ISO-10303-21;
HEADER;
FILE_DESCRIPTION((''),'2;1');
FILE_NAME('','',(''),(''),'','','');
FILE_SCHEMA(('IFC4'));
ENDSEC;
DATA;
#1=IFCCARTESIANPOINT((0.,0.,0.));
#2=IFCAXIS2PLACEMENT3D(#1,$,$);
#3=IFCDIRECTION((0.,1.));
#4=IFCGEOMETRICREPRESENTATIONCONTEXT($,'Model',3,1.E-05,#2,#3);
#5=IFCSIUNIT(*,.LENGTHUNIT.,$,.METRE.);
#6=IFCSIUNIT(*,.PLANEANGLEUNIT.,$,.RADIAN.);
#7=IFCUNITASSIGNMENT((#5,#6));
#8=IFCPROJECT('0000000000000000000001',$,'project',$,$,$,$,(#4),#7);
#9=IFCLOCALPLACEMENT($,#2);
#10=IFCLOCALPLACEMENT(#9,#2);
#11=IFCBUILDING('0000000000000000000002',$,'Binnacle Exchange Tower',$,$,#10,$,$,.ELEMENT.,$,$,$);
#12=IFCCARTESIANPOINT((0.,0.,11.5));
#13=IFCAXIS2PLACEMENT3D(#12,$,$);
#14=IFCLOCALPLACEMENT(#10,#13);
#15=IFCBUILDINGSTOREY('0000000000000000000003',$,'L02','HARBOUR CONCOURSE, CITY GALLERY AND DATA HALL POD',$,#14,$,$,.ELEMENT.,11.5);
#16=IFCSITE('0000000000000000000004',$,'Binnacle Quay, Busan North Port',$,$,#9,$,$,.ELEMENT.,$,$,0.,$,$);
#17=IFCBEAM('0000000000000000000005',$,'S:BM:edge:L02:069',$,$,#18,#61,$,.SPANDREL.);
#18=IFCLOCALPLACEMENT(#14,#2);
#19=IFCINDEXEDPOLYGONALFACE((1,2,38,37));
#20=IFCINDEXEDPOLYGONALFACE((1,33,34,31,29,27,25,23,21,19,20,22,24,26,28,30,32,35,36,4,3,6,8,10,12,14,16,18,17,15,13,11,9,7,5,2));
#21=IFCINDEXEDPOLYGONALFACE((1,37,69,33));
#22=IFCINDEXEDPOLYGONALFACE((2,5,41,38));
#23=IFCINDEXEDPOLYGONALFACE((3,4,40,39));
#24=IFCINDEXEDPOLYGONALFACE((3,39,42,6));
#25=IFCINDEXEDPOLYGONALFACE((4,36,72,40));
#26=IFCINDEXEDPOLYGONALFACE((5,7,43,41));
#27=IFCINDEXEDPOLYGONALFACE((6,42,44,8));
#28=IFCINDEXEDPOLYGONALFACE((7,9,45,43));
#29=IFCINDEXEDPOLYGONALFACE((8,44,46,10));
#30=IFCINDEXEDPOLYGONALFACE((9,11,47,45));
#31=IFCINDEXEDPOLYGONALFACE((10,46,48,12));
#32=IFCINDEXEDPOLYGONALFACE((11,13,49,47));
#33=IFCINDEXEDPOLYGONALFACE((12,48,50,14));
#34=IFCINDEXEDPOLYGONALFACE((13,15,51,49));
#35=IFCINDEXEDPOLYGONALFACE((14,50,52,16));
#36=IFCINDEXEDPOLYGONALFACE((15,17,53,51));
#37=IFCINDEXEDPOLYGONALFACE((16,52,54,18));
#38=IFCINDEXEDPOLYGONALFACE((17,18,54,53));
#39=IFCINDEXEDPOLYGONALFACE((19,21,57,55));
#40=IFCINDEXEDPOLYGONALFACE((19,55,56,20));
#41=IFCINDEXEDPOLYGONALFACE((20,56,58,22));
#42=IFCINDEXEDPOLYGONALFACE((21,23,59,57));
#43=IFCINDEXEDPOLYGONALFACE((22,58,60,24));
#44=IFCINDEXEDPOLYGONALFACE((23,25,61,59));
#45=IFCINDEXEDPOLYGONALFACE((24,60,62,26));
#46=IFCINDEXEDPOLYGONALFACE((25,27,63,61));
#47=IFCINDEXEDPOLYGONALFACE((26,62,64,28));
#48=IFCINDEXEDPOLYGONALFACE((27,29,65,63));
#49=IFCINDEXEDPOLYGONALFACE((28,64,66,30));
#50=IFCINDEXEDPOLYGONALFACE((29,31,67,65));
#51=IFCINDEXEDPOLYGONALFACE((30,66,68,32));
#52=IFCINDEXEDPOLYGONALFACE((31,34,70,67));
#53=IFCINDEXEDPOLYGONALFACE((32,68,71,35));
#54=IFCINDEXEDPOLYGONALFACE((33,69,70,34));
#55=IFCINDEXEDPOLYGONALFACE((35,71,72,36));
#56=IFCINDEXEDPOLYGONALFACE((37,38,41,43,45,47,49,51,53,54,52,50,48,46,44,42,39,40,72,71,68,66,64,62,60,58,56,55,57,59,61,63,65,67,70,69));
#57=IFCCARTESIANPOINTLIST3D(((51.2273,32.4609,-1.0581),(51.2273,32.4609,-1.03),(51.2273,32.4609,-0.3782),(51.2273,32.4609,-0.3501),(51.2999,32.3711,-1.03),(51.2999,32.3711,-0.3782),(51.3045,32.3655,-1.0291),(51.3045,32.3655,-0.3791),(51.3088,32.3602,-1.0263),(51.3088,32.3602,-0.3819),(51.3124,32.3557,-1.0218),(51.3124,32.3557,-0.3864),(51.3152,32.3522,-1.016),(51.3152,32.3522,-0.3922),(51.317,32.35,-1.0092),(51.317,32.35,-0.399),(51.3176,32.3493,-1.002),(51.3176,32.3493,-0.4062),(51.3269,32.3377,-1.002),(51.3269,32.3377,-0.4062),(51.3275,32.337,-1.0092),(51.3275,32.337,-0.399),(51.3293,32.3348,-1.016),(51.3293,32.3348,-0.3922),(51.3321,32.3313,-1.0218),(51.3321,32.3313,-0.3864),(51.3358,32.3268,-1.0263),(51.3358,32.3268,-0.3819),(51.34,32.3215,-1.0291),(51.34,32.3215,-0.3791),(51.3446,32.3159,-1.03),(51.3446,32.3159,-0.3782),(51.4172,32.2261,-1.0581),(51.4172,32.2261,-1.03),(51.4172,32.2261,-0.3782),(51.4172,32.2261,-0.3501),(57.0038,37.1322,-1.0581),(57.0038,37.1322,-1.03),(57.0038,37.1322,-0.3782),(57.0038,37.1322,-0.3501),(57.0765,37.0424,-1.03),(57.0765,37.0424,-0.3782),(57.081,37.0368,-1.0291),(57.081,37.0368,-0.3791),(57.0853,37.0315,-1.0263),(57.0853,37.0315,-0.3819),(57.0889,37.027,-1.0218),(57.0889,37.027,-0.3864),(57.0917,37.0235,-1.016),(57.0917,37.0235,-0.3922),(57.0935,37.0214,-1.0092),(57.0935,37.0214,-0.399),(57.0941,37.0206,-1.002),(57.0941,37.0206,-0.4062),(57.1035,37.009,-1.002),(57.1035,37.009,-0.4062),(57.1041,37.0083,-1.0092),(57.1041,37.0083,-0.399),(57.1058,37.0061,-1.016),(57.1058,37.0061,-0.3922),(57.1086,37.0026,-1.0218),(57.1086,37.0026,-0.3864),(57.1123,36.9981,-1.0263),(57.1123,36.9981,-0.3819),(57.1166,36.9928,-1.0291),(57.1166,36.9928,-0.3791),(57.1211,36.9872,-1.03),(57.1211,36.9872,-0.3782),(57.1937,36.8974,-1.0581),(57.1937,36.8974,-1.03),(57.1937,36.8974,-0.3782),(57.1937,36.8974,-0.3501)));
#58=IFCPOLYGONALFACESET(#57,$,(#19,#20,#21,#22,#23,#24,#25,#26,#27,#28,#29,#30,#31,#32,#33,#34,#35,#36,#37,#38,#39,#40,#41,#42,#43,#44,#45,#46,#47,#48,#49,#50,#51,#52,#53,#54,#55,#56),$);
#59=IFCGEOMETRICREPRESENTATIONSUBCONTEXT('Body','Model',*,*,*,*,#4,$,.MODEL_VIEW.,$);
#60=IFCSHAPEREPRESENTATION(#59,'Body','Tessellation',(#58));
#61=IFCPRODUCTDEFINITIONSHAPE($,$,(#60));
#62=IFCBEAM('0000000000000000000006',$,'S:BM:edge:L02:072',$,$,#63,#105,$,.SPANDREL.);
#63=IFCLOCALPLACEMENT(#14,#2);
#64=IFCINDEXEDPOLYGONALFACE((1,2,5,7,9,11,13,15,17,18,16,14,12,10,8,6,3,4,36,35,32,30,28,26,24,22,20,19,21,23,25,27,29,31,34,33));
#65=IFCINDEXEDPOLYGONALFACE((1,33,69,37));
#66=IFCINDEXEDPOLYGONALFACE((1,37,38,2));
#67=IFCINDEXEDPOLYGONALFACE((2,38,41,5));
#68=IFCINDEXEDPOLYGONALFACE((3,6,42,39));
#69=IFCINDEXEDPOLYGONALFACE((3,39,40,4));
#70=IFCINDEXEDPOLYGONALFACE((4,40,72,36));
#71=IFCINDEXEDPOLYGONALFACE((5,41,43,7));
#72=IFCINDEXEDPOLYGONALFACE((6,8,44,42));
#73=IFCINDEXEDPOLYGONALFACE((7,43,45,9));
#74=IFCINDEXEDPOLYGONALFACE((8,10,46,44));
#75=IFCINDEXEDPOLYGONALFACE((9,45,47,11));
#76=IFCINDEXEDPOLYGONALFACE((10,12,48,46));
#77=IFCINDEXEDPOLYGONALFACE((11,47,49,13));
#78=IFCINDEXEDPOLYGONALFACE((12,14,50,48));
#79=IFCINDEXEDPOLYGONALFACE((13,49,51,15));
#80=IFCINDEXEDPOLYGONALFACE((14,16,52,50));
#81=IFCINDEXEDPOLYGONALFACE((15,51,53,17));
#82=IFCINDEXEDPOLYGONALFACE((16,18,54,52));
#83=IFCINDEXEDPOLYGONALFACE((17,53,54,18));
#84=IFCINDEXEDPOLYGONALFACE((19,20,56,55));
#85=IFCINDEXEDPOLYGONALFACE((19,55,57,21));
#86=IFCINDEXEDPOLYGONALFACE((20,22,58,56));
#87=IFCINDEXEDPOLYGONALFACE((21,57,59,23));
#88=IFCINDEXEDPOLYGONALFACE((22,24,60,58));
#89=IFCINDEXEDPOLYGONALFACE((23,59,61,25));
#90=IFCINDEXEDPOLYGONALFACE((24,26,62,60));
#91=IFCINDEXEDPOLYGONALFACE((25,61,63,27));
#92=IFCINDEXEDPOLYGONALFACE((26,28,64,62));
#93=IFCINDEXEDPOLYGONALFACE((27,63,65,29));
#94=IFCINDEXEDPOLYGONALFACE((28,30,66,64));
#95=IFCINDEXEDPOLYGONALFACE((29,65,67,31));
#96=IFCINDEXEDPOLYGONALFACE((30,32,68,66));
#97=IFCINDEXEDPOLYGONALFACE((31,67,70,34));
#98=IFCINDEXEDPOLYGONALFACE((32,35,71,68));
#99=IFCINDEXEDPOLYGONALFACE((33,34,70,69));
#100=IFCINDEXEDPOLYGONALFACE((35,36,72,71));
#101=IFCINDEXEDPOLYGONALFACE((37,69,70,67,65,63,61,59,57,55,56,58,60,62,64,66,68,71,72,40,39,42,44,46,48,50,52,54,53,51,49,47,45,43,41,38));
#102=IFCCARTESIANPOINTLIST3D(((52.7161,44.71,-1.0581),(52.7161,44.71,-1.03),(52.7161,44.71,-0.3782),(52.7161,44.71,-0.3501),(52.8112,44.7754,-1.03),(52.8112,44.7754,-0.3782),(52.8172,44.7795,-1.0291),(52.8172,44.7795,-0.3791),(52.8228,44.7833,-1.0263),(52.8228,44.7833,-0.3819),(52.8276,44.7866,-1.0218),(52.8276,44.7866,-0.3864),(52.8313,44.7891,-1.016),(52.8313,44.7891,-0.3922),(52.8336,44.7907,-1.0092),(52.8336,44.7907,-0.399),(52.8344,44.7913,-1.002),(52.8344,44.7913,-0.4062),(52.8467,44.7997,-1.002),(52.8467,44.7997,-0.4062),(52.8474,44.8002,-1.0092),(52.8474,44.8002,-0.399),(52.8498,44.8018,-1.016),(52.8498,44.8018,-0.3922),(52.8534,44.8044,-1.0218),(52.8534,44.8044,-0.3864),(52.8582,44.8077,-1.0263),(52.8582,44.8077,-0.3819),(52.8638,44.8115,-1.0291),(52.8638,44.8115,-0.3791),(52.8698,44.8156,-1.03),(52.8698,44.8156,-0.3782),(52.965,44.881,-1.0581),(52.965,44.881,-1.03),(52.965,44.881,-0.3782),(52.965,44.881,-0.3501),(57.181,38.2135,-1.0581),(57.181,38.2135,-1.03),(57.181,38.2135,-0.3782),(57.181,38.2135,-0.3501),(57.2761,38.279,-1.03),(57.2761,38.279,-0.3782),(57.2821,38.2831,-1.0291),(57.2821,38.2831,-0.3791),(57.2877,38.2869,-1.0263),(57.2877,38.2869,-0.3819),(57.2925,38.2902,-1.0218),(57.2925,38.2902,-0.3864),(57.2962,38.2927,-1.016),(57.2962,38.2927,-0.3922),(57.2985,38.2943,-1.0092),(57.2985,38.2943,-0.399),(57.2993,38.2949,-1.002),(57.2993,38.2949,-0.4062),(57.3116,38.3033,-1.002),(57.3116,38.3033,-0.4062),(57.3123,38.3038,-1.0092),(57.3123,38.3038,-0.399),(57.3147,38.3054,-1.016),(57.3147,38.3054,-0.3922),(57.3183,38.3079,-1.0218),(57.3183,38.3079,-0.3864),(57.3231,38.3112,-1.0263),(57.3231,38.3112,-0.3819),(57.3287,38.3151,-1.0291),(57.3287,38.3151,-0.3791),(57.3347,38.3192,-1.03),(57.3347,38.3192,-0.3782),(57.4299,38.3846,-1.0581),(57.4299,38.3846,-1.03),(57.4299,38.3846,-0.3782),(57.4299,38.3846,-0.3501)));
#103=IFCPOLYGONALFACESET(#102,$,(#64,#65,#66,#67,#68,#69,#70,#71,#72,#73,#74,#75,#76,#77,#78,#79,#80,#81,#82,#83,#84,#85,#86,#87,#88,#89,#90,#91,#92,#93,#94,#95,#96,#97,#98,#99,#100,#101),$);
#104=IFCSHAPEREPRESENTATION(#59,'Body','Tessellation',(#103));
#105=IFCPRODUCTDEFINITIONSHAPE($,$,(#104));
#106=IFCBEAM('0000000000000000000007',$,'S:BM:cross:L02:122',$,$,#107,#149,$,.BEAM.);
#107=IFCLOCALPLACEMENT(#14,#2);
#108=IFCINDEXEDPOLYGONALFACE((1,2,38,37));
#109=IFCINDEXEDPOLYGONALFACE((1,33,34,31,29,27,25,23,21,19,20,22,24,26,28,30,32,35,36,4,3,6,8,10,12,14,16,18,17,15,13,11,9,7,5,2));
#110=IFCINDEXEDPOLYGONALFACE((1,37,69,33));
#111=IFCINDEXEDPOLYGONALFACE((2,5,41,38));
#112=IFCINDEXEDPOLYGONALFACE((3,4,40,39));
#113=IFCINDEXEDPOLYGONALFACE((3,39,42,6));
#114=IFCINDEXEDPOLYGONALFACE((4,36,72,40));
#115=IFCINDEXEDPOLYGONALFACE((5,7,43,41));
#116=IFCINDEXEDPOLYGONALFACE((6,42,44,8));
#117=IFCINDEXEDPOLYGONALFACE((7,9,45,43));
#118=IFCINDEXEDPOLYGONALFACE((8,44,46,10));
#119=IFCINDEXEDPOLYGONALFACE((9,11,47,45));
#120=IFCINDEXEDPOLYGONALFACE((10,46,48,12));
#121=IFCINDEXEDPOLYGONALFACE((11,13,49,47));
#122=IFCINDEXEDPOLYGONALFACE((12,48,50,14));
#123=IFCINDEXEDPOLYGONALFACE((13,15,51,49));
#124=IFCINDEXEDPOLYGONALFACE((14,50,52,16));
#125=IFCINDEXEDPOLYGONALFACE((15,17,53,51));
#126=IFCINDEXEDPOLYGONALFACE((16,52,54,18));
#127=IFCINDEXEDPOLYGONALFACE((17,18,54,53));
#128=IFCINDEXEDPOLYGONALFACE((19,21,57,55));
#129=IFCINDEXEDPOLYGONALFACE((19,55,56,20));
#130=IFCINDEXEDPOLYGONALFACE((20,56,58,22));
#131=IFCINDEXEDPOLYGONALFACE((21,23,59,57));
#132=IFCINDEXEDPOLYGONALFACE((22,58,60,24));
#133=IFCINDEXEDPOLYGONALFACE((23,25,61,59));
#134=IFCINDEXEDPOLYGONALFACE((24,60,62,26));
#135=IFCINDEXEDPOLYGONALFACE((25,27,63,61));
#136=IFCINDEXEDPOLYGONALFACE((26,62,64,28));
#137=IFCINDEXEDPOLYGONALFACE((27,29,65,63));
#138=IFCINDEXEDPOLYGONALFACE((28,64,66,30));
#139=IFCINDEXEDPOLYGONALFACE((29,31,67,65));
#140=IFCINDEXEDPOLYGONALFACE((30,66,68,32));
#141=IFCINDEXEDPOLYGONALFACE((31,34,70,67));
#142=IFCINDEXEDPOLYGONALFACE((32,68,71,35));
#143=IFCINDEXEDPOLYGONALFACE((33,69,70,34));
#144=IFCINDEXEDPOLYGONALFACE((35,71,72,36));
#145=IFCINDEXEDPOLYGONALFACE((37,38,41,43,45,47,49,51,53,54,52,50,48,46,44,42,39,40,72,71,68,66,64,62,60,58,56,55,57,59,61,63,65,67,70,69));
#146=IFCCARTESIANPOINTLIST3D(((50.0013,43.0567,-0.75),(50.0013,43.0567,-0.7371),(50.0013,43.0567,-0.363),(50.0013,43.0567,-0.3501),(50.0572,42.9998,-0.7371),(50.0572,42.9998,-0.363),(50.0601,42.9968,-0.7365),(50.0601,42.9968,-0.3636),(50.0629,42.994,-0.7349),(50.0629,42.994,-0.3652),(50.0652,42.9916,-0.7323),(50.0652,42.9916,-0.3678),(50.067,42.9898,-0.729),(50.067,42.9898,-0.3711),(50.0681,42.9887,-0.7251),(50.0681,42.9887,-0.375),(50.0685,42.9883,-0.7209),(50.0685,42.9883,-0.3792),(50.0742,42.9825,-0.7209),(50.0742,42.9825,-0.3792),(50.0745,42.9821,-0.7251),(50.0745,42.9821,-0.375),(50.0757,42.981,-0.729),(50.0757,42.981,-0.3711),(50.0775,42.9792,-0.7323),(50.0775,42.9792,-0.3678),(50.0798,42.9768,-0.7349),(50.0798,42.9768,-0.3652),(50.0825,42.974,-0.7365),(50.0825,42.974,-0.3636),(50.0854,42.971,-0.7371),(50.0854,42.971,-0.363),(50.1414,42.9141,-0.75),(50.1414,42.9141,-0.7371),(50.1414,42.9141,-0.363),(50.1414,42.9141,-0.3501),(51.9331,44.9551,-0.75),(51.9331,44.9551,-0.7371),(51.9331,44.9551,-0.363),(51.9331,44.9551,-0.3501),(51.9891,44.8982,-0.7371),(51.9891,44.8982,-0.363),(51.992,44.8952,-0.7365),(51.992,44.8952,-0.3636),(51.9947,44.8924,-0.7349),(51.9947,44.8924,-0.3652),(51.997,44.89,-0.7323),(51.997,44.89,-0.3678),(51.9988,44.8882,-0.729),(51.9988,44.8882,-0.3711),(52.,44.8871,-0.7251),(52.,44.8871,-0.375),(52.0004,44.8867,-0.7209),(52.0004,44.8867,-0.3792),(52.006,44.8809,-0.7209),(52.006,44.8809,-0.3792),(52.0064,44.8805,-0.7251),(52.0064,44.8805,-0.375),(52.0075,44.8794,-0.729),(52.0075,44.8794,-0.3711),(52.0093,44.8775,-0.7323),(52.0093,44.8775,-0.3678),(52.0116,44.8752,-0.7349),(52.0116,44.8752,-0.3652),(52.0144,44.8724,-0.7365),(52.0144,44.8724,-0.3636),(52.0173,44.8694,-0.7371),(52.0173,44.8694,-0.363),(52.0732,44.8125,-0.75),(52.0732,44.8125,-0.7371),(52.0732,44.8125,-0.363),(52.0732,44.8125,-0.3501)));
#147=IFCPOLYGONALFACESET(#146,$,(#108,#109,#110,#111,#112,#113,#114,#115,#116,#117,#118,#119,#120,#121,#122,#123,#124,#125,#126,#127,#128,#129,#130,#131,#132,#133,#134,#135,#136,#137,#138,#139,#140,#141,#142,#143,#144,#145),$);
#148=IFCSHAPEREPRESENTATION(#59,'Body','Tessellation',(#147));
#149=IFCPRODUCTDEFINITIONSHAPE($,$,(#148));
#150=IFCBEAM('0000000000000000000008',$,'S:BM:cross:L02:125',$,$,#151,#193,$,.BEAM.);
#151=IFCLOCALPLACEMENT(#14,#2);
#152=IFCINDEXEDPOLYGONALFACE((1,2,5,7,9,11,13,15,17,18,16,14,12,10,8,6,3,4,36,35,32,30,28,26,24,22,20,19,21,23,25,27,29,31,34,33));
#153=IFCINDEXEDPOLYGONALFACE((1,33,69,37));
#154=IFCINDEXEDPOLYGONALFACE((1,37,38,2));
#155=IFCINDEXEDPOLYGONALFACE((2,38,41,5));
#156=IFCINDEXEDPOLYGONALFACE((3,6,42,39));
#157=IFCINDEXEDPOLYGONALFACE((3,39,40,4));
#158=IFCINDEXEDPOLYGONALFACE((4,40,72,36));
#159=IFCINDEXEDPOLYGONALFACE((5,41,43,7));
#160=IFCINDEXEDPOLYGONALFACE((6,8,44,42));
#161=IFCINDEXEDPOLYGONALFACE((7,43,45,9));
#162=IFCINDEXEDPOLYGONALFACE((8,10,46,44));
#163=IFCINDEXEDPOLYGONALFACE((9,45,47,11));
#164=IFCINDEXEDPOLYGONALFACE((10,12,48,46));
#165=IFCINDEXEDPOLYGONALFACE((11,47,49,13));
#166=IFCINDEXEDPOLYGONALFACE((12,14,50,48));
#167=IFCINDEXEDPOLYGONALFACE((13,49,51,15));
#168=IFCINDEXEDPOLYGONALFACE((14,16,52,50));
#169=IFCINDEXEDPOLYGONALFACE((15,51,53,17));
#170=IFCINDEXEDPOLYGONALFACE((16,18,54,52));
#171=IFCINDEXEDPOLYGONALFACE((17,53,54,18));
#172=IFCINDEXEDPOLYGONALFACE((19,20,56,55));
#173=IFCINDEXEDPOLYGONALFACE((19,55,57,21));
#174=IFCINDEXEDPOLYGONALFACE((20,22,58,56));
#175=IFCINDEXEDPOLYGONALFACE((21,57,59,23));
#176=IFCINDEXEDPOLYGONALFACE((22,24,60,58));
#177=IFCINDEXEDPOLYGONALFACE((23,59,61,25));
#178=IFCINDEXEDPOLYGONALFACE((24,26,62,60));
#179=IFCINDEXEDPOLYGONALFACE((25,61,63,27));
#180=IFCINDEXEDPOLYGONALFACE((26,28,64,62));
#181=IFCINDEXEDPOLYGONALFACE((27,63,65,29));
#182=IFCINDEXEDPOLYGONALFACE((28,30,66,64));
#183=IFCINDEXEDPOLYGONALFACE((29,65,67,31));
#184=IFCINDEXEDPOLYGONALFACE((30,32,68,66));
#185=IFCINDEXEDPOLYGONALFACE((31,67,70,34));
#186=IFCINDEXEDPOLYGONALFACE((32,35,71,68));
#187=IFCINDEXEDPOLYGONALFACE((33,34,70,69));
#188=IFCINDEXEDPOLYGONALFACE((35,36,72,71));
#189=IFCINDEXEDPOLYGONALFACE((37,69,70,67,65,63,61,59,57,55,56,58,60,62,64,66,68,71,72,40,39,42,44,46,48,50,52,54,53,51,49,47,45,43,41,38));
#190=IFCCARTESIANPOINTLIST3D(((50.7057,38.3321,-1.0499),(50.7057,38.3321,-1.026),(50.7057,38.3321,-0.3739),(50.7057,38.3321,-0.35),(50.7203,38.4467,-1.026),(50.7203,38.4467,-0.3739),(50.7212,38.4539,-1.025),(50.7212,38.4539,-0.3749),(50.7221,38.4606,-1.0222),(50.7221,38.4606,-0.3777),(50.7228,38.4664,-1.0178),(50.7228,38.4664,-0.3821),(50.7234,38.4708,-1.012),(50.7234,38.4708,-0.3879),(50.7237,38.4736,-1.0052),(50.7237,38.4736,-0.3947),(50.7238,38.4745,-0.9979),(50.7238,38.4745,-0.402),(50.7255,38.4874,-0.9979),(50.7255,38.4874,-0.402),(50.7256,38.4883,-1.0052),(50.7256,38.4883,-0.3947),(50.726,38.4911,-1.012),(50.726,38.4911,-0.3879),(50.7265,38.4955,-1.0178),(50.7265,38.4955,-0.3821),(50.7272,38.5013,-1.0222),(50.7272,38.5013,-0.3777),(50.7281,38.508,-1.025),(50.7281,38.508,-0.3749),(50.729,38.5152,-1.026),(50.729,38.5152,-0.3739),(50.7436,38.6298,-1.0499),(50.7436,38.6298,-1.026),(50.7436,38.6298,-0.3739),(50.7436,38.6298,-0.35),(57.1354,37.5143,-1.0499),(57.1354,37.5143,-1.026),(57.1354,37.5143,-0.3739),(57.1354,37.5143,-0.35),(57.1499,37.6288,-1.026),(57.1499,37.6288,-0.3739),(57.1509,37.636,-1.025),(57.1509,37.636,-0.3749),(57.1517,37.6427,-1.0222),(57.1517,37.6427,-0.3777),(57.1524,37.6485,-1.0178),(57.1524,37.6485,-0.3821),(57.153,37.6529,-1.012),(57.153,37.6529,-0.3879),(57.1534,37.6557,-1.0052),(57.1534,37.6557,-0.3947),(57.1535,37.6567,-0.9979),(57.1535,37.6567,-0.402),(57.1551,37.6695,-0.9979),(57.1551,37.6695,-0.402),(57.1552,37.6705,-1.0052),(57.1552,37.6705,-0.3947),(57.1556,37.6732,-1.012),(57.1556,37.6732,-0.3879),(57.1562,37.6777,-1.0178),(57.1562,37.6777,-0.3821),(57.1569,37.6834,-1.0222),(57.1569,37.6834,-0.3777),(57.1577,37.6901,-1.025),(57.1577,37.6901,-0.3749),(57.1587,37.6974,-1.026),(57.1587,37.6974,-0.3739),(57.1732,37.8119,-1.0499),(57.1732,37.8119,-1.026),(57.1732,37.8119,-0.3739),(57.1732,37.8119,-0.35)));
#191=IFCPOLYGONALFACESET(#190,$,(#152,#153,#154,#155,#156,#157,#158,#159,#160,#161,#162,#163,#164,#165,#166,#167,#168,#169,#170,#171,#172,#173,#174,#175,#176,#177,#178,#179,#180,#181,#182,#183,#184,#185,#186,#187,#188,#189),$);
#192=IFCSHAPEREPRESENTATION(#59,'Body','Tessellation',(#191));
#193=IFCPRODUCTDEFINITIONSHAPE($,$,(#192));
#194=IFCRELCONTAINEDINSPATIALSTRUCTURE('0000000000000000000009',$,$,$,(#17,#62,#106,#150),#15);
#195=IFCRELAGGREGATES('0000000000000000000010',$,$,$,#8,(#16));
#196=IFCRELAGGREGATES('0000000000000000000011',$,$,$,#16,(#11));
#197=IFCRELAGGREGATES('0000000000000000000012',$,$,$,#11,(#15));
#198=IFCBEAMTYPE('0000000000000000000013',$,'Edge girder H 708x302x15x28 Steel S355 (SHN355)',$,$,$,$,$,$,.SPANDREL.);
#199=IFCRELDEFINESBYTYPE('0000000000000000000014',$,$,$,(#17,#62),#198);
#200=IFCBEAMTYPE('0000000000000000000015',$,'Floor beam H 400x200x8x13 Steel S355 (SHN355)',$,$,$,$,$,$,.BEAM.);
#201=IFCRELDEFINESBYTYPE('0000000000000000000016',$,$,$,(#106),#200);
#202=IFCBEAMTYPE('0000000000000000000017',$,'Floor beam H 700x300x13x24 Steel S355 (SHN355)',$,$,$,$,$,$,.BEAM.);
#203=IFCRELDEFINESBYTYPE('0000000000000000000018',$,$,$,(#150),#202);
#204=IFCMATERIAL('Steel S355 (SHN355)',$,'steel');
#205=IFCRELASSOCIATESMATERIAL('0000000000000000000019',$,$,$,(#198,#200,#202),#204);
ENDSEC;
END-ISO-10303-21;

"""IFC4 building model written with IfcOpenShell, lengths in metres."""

from ifc_helpers import new_model, si_unit, direction, frame, origin, origin_2d, place, context, subcontext, project, spatial, i_section, extrude, material, material_profile, profile_set, type_object, element, save


model = new_model("IFC4")

# Units and contexts
model_context = context("Model", 3, precision=1e-05, world=origin(), true_north=direction((0.0, 1.0)))
body_context = subcontext(model_context, "Body", "Model", "MODEL_VIEW")
ifc_project = project(units=[si_unit("LENGTHUNIT", "METRE"), si_unit("PLANEANGLEUNIT", "RADIAN")], contexts=[model_context])

# Site, building, storey
site_placement = place(None, origin())
site = spatial("IfcSite", under=ifc_project, at=site_placement, Name="Binnacle Quay, Busan North Port", CompositionType="ELEMENT", RefElevation=0.0)
building_placement = place(site_placement, origin())
building = spatial("IfcBuilding", under=site, at=building_placement, Name="Binnacle Exchange Tower", CompositionType="ELEMENT")
storey_placement = place(building_placement, frame((0.0, 0.0, 11.5)))
storey = spatial("IfcBuildingStorey", under=building, at=storey_placement, Name="L02", Description="HARBOUR CONCOURSE, CITY GALLERY AND DATA HALL POD", CompositionType="ELEMENT", Elevation=11.5)

# Beams
ifc_material_1 = material(Name="Steel S355 (SHN355)", Category="steel")
ifc_material_profile_1 = material_profile(ifc_material_1, i_section(OverallWidth=0.302, OverallDepth=0.708, WebThickness=0.0149, FlangeThickness=0.0281, FilletRadius=0.0281, at=origin_2d()), Name="H 708x302x15x28")
ifc_profile_set_1 = profile_set([ifc_material_profile_1], Name="Steel S355 (SHN355)")
beam_type_1 = type_object("IfcBeamType", Name="Edge girder H 708x302x15x28 Steel S355 (SHN355)", PredefinedType="SPANDREL", material=ifc_profile_set_1)
beam_1_placement = place(storey_placement, frame((51.3223, 32.3435, -0.7041), z_axis=(0.777568, 0.628798, 0.0), x_axis=(-0.628798, 0.777568, 0.0)))
element("IfcBeam", 1, at=beam_1_placement, inside=storey, type_object=beam_type_1, Name="S:BM:edge:L02:069", PredefinedType="SPANDREL", context=body_context, shape_type="SweptSolid", body=[
    extrude(i_section(OverallWidth=0.302, OverallDepth=0.708, WebThickness=0.0149, FlangeThickness=0.0281, FilletRadius=0.0281, at=origin_2d()), origin(), (0.0, 0.0, 1.0), 7.429),
])
beam_2_placement = place(storey_placement, frame((57.3054, 38.2991, -0.7041), z_axis=(-0.566409, 0.824124, 0.0), x_axis=(-0.824124, -0.566409, 0.0)))
element("IfcBeam", 2, at=beam_2_placement, inside=storey, type_object=beam_type_1, Name="S:BM:edge:L02:072", PredefinedType="SPANDREL", context=body_context, shape_type="SweptSolid", body=[
    extrude(i_section(OverallWidth=0.302, OverallDepth=0.708, WebThickness=0.0149, FlangeThickness=0.0281, FilletRadius=0.0281, at=origin_2d()), origin(), (0.0, 0.0, 1.0), 7.8828),
])
ifc_material_profile_2 = material_profile(ifc_material_1, i_section(OverallWidth=0.2, OverallDepth=0.3999, WebThickness=0.0081, FlangeThickness=0.0129, FilletRadius=0.0161, at=origin_2d()), Name="H 400x200x8x13")
ifc_profile_set_2 = profile_set([ifc_material_profile_2], Name="Steel S355 (SHN355)")
beam_type_2 = type_object("IfcBeamType", Name="Floor beam H 400x200x8x13 Steel S355 (SHN355)", PredefinedType="BEAM", material=ifc_profile_set_2)
beam_3_placement = place(storey_placement, frame((52.0032, 44.8838, -0.55), z_axis=(-0.713254, -0.700905, 0.0), x_axis=(0.700905, -0.713254, 0.0)))
element("IfcBeam", 3, at=beam_3_placement, inside=storey, type_object=beam_type_2, Name="S:BM:cross:L02:122", PredefinedType="BEAM", context=body_context, shape_type="SweptSolid", body=[
    extrude(i_section(OverallWidth=0.2, OverallDepth=0.3999, WebThickness=0.0081, FlangeThickness=0.0129, FilletRadius=0.0161, at=origin_2d()), origin(), (0.0, 0.0, 1.0), 2.7085),
])
ifc_material_profile_3 = material_profile(ifc_material_1, i_section(OverallWidth=0.3, OverallDepth=0.7, WebThickness=0.0129, FlangeThickness=0.0239, FilletRadius=0.0281, at=origin_2d()), Name="H 700x300x13x24")
ifc_profile_set_3 = profile_set([ifc_material_profile_3], Name="Steel S355 (SHN355)")
beam_type_3 = type_object("IfcBeamType", Name="Floor beam H 700x300x13x24 Steel S355 (SHN355)", PredefinedType="BEAM", material=ifc_profile_set_3)
beam_4_placement = place(storey_placement, frame((57.1543, 37.6631, -0.7), z_axis=(-0.992007, 0.126186, 0.0), x_axis=(-0.126186, -0.992007, 0.0)))
element("IfcBeam", 4, at=beam_4_placement, inside=storey, type_object=beam_type_3, Name="S:BM:cross:L02:125", PredefinedType="BEAM", context=body_context, shape_type="SweptSolid", body=[
    extrude(i_section(OverallWidth=0.3, OverallDepth=0.7, WebThickness=0.0129, FlangeThickness=0.0239, FilletRadius=0.0281, at=origin_2d()), origin(), (0.0, 0.0, 1.0), 6.4814),
])

save(model, "model.ifc")
